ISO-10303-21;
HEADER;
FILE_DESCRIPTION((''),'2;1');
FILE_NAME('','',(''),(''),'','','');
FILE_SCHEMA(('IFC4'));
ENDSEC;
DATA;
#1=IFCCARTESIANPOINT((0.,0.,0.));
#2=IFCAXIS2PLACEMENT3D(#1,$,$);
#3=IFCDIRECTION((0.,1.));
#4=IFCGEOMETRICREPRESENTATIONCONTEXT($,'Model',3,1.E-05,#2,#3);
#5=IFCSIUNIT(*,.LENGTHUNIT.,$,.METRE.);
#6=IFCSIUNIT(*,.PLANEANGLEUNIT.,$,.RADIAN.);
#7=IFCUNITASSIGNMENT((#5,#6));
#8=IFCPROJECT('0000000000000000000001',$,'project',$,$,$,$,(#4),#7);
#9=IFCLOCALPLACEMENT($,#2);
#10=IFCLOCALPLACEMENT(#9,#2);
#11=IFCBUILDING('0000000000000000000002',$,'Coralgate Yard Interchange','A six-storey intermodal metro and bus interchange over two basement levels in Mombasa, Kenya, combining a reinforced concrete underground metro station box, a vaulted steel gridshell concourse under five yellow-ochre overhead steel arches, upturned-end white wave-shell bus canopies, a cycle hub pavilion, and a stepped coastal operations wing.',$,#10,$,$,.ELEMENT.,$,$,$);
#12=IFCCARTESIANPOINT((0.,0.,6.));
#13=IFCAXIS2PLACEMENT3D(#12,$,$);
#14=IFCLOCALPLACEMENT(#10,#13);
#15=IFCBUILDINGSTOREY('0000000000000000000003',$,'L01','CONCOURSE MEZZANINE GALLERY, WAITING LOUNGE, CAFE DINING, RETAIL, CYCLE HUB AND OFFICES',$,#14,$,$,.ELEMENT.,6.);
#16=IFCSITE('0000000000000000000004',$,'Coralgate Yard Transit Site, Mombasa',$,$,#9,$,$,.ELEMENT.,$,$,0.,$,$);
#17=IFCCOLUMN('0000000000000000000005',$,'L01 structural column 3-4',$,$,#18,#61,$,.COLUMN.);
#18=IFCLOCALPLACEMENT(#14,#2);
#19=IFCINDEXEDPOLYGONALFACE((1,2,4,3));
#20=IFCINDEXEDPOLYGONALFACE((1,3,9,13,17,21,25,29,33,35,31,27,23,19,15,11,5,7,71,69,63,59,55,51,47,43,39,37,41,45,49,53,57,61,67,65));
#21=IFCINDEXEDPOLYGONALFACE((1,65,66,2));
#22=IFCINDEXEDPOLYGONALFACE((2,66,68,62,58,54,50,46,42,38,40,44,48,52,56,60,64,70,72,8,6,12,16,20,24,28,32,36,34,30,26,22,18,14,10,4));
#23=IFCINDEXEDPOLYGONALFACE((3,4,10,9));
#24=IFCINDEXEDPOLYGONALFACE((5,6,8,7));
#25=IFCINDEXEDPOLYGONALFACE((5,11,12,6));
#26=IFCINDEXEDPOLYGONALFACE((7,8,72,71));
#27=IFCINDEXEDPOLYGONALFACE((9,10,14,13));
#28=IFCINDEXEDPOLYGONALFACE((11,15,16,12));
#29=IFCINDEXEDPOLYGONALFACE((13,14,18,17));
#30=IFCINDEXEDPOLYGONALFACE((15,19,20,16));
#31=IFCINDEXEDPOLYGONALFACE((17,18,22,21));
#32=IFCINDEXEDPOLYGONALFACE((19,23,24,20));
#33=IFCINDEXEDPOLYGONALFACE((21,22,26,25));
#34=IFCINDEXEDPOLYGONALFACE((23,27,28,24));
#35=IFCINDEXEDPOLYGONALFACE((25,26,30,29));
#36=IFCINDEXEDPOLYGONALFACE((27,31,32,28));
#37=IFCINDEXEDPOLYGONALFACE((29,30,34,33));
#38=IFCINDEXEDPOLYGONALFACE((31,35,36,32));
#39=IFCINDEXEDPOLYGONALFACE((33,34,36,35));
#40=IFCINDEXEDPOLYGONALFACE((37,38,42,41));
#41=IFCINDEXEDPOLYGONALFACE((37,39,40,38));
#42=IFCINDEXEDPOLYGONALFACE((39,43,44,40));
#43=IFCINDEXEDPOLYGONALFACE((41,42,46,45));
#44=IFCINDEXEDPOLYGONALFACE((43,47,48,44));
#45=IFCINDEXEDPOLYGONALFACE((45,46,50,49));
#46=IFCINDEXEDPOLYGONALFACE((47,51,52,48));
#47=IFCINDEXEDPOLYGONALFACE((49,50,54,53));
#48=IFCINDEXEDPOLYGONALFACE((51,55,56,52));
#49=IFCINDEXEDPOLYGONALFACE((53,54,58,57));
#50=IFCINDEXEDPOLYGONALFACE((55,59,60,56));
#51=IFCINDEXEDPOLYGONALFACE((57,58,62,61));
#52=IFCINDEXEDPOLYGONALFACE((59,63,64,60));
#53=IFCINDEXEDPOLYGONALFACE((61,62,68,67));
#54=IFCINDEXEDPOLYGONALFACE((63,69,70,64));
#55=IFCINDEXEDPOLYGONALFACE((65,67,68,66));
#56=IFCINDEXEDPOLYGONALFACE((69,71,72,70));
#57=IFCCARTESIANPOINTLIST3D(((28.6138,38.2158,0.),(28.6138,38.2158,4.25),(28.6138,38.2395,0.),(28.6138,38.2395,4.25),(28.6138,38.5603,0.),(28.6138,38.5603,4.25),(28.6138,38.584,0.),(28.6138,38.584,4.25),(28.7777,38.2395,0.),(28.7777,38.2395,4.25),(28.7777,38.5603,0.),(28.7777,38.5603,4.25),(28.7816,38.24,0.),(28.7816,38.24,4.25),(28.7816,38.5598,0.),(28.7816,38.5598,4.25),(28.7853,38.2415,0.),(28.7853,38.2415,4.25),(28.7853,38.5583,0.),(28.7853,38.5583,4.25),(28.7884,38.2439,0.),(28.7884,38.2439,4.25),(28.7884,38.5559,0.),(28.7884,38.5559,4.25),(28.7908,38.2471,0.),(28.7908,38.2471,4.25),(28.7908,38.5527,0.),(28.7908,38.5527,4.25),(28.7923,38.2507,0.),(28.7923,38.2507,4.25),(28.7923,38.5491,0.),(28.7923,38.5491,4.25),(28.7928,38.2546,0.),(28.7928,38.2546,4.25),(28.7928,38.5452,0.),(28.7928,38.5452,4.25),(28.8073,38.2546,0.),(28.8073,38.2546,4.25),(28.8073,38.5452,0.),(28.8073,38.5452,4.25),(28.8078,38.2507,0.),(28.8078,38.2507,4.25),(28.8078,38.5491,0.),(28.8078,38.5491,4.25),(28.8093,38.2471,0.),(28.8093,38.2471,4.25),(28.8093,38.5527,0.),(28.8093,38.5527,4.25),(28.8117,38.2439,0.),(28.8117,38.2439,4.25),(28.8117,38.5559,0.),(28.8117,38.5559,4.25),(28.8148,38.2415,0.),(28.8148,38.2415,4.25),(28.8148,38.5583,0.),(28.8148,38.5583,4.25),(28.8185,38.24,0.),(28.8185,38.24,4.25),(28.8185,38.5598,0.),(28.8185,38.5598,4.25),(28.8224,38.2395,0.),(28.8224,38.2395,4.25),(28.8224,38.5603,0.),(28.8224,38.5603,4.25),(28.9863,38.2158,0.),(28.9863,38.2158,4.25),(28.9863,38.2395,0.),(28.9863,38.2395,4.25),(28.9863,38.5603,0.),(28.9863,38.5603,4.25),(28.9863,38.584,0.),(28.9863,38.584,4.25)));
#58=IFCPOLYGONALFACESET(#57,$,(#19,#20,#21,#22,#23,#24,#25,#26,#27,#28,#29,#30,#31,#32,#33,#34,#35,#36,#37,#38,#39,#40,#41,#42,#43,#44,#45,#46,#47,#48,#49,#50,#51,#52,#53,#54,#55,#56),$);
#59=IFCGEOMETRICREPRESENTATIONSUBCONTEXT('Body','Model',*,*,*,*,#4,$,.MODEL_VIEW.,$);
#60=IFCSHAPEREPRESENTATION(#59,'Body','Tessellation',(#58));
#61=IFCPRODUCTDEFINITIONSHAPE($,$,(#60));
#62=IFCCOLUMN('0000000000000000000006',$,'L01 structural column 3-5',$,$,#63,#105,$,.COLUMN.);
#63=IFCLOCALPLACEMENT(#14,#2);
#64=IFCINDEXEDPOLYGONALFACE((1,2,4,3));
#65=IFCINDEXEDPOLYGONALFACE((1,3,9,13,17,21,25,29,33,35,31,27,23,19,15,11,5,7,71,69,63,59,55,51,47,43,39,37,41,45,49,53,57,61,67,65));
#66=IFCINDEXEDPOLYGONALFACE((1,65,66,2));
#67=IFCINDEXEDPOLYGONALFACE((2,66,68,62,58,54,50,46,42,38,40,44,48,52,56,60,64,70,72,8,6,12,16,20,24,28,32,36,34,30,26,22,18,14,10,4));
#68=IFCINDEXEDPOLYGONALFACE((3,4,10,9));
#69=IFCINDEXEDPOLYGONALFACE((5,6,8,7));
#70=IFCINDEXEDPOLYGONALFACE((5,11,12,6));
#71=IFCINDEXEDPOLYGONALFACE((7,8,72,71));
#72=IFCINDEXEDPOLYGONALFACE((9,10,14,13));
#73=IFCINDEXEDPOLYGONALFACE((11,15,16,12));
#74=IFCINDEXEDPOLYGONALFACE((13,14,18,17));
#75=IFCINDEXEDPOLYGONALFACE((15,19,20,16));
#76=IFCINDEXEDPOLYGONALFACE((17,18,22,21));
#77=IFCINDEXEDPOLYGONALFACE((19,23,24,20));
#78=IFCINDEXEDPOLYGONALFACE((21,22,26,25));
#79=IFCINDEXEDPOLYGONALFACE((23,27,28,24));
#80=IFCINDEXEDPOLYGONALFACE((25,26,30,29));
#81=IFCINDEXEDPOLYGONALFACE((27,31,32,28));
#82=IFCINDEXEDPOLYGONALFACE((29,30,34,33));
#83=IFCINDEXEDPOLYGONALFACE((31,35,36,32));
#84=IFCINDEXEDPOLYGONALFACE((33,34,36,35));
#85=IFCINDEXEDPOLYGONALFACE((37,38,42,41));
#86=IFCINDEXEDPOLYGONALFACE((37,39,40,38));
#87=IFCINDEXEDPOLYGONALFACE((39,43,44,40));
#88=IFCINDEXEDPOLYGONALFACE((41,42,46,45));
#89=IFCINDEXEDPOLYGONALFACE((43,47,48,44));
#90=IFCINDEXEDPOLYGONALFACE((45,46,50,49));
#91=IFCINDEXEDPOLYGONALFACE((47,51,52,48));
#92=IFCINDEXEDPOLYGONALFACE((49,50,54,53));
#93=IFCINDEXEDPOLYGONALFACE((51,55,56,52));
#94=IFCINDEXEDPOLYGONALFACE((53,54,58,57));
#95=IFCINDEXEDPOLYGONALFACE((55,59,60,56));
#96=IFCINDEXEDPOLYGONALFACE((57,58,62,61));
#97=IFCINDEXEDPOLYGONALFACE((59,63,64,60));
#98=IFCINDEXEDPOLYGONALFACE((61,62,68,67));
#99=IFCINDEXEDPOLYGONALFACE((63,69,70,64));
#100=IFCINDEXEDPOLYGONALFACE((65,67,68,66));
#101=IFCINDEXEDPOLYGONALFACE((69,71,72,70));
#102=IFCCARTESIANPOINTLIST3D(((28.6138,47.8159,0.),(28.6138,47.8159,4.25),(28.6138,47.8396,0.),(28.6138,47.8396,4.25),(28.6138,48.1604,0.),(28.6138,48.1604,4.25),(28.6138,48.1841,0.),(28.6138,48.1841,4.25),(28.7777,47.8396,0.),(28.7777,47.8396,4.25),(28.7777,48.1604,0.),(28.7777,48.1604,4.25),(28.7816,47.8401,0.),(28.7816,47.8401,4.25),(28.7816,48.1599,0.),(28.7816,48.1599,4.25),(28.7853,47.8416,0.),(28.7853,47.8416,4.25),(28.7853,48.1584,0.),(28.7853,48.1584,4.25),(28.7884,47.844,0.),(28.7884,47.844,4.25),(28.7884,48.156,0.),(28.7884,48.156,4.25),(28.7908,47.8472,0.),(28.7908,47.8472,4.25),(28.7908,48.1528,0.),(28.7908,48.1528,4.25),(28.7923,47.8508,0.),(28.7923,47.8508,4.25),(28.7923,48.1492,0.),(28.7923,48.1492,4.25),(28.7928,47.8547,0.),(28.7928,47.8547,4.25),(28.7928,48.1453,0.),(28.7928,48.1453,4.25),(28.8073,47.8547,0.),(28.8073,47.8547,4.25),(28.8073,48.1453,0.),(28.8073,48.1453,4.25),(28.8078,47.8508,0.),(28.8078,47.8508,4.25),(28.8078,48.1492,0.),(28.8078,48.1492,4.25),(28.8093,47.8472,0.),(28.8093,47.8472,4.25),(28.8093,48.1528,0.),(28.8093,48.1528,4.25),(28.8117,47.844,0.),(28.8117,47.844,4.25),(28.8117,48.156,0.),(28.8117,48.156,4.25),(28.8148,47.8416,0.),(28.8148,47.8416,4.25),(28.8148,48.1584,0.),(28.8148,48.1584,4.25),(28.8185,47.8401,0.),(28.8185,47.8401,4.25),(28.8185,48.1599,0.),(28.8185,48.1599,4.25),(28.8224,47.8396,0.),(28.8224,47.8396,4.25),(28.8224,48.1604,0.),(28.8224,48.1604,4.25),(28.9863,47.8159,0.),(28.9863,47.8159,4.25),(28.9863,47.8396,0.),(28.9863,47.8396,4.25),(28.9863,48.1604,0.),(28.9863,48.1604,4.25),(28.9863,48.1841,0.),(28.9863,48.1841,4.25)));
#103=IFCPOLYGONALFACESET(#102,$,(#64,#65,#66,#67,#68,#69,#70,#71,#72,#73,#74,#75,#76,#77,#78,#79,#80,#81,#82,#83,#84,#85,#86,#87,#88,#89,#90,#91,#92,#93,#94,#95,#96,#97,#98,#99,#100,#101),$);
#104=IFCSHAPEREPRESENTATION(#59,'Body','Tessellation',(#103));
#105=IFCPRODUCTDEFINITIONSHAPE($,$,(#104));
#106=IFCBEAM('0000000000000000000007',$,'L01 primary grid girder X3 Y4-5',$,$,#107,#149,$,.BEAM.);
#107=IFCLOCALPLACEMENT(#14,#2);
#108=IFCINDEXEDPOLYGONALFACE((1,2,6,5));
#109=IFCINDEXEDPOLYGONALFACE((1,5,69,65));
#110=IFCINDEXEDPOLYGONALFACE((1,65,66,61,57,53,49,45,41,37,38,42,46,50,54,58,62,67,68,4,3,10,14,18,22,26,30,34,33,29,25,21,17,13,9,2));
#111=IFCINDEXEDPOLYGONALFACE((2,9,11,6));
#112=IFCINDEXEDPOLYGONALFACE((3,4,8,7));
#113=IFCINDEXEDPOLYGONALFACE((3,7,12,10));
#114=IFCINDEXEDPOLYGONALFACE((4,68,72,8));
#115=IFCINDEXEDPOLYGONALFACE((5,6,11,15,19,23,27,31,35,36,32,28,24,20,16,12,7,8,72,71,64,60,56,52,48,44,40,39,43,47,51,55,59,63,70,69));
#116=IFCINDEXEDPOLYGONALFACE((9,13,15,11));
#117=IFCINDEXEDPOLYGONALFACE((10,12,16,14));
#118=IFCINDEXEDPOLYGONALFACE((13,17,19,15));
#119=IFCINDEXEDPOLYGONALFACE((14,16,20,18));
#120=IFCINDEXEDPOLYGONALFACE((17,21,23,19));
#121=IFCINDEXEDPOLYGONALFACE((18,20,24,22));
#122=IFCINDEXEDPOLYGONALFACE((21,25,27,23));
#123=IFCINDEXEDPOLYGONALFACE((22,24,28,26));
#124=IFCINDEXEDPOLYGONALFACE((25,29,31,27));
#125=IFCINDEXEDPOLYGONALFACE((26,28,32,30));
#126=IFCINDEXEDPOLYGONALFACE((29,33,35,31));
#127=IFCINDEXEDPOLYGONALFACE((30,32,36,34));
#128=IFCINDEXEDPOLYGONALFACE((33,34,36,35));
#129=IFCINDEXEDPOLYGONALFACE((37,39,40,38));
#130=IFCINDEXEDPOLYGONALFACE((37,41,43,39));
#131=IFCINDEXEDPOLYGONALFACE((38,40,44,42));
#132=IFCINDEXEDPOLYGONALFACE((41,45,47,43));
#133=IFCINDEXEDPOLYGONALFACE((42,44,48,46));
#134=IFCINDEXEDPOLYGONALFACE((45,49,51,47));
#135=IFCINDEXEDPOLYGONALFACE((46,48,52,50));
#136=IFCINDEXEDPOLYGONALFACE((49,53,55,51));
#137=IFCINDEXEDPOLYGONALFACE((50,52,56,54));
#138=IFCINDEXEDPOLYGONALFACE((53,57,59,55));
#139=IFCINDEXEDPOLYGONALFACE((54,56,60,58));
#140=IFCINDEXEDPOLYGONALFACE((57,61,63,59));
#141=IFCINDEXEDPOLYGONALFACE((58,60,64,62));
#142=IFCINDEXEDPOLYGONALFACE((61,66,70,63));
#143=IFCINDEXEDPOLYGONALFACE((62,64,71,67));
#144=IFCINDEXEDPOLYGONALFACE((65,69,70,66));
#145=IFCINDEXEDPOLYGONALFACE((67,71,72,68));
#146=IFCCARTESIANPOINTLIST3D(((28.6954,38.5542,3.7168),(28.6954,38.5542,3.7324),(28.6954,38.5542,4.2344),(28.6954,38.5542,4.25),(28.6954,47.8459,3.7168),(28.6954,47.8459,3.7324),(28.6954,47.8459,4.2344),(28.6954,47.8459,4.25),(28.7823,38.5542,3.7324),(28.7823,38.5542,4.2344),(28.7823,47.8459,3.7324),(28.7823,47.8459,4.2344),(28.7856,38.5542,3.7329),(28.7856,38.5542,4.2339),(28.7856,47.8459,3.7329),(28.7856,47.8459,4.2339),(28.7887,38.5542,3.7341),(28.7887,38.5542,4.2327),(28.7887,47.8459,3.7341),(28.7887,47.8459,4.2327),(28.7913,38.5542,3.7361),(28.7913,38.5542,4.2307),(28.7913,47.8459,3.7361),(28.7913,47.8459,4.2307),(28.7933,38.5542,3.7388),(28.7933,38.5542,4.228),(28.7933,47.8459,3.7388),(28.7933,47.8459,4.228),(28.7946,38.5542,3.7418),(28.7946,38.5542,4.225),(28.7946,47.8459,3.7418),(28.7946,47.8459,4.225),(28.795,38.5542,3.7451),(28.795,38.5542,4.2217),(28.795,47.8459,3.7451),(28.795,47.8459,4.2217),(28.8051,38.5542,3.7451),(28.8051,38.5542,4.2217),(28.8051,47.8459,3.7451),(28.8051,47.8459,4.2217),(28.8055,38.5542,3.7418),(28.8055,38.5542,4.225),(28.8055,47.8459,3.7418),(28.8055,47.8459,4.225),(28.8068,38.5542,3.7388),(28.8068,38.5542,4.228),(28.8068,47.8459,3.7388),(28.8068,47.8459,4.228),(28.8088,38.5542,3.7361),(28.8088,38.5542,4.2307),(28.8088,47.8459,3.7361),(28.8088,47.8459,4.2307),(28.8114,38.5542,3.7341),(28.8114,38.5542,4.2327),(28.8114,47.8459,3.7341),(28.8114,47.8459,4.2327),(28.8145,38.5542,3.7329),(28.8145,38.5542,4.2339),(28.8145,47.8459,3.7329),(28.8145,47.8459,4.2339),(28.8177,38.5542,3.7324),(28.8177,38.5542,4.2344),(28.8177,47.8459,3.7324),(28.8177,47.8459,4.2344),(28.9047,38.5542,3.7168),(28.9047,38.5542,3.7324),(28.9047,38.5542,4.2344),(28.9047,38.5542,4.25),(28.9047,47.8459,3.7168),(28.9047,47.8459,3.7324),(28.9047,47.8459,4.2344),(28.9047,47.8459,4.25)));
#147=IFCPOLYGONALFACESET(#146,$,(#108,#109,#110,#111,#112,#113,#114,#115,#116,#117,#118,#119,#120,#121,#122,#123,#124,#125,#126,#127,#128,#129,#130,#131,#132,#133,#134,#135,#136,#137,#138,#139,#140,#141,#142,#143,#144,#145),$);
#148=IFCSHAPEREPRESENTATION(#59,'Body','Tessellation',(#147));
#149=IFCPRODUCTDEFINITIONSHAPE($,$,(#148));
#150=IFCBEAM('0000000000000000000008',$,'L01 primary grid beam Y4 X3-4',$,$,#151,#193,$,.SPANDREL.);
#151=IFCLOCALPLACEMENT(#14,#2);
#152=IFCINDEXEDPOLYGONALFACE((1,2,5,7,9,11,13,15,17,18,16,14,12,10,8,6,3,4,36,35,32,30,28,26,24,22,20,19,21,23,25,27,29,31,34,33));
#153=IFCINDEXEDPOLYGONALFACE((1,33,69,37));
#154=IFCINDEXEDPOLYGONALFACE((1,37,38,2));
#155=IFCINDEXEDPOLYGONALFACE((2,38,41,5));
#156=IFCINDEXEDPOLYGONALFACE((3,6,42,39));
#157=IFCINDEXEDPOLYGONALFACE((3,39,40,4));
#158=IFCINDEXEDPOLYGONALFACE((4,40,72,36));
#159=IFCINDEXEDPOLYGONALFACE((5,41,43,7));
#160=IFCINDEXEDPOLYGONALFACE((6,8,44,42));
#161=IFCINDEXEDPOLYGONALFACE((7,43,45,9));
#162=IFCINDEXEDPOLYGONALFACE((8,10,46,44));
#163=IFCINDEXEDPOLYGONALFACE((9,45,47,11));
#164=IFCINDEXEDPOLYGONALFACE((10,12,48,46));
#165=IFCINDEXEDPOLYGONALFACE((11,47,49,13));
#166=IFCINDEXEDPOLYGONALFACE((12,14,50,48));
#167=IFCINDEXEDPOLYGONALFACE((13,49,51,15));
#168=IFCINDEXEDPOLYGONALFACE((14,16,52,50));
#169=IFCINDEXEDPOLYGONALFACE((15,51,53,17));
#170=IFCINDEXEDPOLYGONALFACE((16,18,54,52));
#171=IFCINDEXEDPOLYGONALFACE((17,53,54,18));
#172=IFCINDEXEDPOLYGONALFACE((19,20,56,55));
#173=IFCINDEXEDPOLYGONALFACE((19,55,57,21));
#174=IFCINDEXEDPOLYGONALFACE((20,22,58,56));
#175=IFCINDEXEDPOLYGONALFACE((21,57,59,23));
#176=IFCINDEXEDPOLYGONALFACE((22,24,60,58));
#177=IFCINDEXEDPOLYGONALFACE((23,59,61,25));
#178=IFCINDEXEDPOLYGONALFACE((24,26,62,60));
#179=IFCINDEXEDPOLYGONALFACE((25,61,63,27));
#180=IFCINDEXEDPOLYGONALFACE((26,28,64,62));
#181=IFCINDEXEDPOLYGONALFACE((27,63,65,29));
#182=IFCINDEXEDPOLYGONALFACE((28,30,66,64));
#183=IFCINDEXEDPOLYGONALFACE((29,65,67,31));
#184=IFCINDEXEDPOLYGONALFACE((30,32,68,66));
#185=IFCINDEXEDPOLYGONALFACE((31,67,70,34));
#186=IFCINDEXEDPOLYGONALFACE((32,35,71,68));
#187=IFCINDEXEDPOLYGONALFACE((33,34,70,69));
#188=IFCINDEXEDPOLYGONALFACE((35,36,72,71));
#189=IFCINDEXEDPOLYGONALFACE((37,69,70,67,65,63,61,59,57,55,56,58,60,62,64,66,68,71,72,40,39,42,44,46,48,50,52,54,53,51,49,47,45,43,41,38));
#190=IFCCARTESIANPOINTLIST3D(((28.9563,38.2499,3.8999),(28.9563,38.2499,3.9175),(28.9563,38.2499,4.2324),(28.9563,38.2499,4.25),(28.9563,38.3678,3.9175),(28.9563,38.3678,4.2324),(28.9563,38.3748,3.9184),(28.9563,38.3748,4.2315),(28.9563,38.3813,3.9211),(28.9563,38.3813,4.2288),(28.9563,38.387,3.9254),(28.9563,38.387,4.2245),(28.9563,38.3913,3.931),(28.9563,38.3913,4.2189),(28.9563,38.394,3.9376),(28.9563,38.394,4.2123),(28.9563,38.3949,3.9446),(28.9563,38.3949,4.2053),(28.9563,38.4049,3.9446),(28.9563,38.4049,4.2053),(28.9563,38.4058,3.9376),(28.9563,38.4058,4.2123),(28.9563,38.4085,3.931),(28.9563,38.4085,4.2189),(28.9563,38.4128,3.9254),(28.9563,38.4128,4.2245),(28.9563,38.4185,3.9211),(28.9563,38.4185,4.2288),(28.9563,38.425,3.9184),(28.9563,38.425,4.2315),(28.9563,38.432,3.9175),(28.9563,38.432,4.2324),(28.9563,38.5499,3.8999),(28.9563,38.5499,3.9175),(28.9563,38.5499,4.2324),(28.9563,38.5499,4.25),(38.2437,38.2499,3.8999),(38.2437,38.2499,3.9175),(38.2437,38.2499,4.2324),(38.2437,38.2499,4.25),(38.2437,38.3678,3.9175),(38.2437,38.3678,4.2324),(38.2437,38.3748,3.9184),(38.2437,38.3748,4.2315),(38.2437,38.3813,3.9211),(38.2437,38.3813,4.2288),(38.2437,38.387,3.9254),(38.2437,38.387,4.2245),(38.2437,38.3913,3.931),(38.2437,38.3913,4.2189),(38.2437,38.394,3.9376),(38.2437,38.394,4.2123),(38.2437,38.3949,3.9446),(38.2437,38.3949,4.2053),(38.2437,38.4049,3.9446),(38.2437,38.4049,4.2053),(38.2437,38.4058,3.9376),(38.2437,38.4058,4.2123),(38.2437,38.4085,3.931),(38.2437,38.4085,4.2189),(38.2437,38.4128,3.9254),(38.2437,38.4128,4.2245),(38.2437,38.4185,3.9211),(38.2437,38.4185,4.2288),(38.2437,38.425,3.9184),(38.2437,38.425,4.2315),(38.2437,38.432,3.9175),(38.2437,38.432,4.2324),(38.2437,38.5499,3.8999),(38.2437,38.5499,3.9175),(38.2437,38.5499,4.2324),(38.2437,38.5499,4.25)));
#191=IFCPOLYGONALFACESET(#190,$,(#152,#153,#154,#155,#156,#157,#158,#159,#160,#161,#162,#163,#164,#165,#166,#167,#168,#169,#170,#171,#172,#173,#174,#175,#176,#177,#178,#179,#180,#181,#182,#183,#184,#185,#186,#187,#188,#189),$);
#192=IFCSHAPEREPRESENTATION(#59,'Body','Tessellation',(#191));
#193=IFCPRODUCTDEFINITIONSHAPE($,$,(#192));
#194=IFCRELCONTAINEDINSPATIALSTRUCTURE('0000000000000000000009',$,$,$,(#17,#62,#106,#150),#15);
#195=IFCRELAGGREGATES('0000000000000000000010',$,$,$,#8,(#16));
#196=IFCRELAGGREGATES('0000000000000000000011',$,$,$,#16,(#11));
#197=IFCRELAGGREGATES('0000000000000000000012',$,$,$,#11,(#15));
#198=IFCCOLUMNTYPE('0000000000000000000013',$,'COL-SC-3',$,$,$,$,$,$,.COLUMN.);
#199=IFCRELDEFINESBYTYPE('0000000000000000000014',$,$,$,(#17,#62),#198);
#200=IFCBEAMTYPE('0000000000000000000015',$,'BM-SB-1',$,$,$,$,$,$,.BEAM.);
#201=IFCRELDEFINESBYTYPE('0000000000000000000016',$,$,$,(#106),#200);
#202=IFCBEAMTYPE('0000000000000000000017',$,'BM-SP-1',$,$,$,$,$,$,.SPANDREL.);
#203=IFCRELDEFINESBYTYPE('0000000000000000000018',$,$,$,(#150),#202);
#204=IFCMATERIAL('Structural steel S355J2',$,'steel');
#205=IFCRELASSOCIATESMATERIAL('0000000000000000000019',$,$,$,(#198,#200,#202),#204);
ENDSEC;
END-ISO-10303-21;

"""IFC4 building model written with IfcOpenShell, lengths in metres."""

from ifc_helpers import new_model, si_unit, direction, frame, origin, origin_2d, place, context, subcontext, project, spatial, i_section, extrude, material, material_profile, profile_set, type_object, element, save


model = new_model("IFC4")

# Units and contexts
model_context = context("Model", 3, precision=1e-05, world=origin(), true_north=direction((0.0, 1.0)))
body_context = subcontext(model_context, "Body", "Model", "MODEL_VIEW")
ifc_project = project(units=[si_unit("LENGTHUNIT", "METRE"), si_unit("PLANEANGLEUNIT", "RADIAN")], contexts=[model_context])

# Site, building, storey
site_placement = place(None, origin())
site = spatial("IfcSite", under=ifc_project, at=site_placement, Name="Coralgate Yard Transit Site, Mombasa", CompositionType="ELEMENT", RefElevation=0.0)
building_placement = place(site_placement, origin())
building = spatial("IfcBuilding", under=site, at=building_placement, Name="Coralgate Yard Interchange", Description="A six-storey intermodal metro and bus interchange over two basement levels in Mombasa, Kenya, combining a reinforced concrete underground metro station box, a vaulted steel gridshell concourse under five yellow-ochre overhead steel arches, upturned-end white wave-shell bus canopies, a cycle hub pavilion, and a stepped coastal operations wing.", CompositionType="ELEMENT")
storey_placement = place(building_placement, frame((0.0, 0.0, 6.0)))
storey = spatial("IfcBuildingStorey", under=building, at=storey_placement, Name="L01", Description="CONCOURSE MEZZANINE GALLERY, WAITING LOUNGE, CAFE DINING, RETAIL, CYCLE HUB AND OFFICES", CompositionType="ELEMENT", Elevation=6.0)

# Columns
ifc_material_1 = material(Name="Structural steel S355J2", Category="steel")
ifc_material_profile_1 = material_profile(ifc_material_1, i_section(OverallWidth=0.3726, OverallDepth=0.3682, WebThickness=0.0144, FlangeThickness=0.0237, FilletRadius=0.0151, at=origin_2d()), Name="UC 356x368x177")
ifc_profile_set_1 = profile_set([ifc_material_profile_1], Name="Structural steel S355J2")
column_type = type_object("IfcColumnType", Name="COL-SC-3", PredefinedType="COLUMN", material=ifc_profile_set_1)
for number, where, z_axis, x_axis, name in (
    (1, (28.8, 38.3999, 0.0), (0.0, 0.0, 1.0), (1.0, 0.0, 0.0), "L01 structural column 3-4"),
    (2, (28.8, 48.0, 0.0), (0.0, 0.0, 1.0), (1.0, 0.0, 0.0), "L01 structural column 3-5"),
):
    element("IfcColumn", number, at=place(storey_placement, frame(where, z_axis=z_axis, x_axis=x_axis)), inside=storey, type_object=column_type, Name=name, PredefinedType="COLUMN", context=body_context, shape_type="SweptSolid", body=[
        extrude(i_section(OverallWidth=0.3726, OverallDepth=0.3682, WebThickness=0.0144, FlangeThickness=0.0237, FilletRadius=0.0151, at=origin_2d()), origin(), (0.0, 0.0, 1.0), 4.25),
    ])

# Beams
ifc_material_profile_2 = material_profile(ifc_material_1, i_section(OverallWidth=0.2092, OverallDepth=0.5332, WebThickness=0.01, FlangeThickness=0.0156, FilletRadius=0.0127, at=origin_2d()), Name="UB 533x210x92")
ifc_profile_set_2 = profile_set([ifc_material_profile_2], Name="Structural steel S355J2")
beam_type_1 = type_object("IfcBeamType", Name="BM-SB-1", PredefinedType="BEAM", material=ifc_profile_set_2)
beam_placement = place(storey_placement, frame((28.8, 38.5542, 3.9834), z_axis=(0.0, 1.0, 0.0), x_axis=(-1.0, 0.0, 0.0)))
element("IfcBeam", 3, at=beam_placement, inside=storey, type_object=beam_type_1, Name="L01 primary grid girder X3 Y4-5", PredefinedType="BEAM", context=body_context, shape_type="SweptSolid", body=[
    extrude(i_section(OverallWidth=0.2092, OverallDepth=0.5332, WebThickness=0.01, FlangeThickness=0.0156, FilletRadius=0.0127, at=origin_2d()), origin(), (0.0, 0.0, 1.0), 9.2917),
])
ifc_material_profile_3 = material_profile(ifc_material_1, i_section(OverallWidth=0.3, OverallDepth=0.3501, WebThickness=0.01, FlangeThickness=0.0176, FilletRadius=0.0271, at=origin_2d()), Name="HEA 360")
ifc_profile_set_3 = profile_set([ifc_material_profile_3], Name="Structural steel S355J2")
beam_type_2 = type_object("IfcBeamType", Name="BM-SP-1", PredefinedType="SPANDREL", material=ifc_profile_set_3)
for number, where, z_axis, x_axis, name in (
    (4, (28.9563, 38.3999, 4.075), (1.0, 0.0, 0.0), (0.0, 1.0, 0.0), "L01 primary grid beam Y4 X3-4"),
):
    element("IfcBeam", number, at=place(storey_placement, frame(where, z_axis=z_axis, x_axis=x_axis)), inside=storey, type_object=beam_type_2, Name=name, PredefinedType="SPANDREL", context=body_context, shape_type="SweptSolid", body=[
        extrude(i_section(OverallWidth=0.3, OverallDepth=0.3501, WebThickness=0.01, FlangeThickness=0.0176, FilletRadius=0.0271, at=origin_2d()), origin(), (0.0, 0.0, 1.0), 9.2874),
    ])

save(model, "model.ifc")
